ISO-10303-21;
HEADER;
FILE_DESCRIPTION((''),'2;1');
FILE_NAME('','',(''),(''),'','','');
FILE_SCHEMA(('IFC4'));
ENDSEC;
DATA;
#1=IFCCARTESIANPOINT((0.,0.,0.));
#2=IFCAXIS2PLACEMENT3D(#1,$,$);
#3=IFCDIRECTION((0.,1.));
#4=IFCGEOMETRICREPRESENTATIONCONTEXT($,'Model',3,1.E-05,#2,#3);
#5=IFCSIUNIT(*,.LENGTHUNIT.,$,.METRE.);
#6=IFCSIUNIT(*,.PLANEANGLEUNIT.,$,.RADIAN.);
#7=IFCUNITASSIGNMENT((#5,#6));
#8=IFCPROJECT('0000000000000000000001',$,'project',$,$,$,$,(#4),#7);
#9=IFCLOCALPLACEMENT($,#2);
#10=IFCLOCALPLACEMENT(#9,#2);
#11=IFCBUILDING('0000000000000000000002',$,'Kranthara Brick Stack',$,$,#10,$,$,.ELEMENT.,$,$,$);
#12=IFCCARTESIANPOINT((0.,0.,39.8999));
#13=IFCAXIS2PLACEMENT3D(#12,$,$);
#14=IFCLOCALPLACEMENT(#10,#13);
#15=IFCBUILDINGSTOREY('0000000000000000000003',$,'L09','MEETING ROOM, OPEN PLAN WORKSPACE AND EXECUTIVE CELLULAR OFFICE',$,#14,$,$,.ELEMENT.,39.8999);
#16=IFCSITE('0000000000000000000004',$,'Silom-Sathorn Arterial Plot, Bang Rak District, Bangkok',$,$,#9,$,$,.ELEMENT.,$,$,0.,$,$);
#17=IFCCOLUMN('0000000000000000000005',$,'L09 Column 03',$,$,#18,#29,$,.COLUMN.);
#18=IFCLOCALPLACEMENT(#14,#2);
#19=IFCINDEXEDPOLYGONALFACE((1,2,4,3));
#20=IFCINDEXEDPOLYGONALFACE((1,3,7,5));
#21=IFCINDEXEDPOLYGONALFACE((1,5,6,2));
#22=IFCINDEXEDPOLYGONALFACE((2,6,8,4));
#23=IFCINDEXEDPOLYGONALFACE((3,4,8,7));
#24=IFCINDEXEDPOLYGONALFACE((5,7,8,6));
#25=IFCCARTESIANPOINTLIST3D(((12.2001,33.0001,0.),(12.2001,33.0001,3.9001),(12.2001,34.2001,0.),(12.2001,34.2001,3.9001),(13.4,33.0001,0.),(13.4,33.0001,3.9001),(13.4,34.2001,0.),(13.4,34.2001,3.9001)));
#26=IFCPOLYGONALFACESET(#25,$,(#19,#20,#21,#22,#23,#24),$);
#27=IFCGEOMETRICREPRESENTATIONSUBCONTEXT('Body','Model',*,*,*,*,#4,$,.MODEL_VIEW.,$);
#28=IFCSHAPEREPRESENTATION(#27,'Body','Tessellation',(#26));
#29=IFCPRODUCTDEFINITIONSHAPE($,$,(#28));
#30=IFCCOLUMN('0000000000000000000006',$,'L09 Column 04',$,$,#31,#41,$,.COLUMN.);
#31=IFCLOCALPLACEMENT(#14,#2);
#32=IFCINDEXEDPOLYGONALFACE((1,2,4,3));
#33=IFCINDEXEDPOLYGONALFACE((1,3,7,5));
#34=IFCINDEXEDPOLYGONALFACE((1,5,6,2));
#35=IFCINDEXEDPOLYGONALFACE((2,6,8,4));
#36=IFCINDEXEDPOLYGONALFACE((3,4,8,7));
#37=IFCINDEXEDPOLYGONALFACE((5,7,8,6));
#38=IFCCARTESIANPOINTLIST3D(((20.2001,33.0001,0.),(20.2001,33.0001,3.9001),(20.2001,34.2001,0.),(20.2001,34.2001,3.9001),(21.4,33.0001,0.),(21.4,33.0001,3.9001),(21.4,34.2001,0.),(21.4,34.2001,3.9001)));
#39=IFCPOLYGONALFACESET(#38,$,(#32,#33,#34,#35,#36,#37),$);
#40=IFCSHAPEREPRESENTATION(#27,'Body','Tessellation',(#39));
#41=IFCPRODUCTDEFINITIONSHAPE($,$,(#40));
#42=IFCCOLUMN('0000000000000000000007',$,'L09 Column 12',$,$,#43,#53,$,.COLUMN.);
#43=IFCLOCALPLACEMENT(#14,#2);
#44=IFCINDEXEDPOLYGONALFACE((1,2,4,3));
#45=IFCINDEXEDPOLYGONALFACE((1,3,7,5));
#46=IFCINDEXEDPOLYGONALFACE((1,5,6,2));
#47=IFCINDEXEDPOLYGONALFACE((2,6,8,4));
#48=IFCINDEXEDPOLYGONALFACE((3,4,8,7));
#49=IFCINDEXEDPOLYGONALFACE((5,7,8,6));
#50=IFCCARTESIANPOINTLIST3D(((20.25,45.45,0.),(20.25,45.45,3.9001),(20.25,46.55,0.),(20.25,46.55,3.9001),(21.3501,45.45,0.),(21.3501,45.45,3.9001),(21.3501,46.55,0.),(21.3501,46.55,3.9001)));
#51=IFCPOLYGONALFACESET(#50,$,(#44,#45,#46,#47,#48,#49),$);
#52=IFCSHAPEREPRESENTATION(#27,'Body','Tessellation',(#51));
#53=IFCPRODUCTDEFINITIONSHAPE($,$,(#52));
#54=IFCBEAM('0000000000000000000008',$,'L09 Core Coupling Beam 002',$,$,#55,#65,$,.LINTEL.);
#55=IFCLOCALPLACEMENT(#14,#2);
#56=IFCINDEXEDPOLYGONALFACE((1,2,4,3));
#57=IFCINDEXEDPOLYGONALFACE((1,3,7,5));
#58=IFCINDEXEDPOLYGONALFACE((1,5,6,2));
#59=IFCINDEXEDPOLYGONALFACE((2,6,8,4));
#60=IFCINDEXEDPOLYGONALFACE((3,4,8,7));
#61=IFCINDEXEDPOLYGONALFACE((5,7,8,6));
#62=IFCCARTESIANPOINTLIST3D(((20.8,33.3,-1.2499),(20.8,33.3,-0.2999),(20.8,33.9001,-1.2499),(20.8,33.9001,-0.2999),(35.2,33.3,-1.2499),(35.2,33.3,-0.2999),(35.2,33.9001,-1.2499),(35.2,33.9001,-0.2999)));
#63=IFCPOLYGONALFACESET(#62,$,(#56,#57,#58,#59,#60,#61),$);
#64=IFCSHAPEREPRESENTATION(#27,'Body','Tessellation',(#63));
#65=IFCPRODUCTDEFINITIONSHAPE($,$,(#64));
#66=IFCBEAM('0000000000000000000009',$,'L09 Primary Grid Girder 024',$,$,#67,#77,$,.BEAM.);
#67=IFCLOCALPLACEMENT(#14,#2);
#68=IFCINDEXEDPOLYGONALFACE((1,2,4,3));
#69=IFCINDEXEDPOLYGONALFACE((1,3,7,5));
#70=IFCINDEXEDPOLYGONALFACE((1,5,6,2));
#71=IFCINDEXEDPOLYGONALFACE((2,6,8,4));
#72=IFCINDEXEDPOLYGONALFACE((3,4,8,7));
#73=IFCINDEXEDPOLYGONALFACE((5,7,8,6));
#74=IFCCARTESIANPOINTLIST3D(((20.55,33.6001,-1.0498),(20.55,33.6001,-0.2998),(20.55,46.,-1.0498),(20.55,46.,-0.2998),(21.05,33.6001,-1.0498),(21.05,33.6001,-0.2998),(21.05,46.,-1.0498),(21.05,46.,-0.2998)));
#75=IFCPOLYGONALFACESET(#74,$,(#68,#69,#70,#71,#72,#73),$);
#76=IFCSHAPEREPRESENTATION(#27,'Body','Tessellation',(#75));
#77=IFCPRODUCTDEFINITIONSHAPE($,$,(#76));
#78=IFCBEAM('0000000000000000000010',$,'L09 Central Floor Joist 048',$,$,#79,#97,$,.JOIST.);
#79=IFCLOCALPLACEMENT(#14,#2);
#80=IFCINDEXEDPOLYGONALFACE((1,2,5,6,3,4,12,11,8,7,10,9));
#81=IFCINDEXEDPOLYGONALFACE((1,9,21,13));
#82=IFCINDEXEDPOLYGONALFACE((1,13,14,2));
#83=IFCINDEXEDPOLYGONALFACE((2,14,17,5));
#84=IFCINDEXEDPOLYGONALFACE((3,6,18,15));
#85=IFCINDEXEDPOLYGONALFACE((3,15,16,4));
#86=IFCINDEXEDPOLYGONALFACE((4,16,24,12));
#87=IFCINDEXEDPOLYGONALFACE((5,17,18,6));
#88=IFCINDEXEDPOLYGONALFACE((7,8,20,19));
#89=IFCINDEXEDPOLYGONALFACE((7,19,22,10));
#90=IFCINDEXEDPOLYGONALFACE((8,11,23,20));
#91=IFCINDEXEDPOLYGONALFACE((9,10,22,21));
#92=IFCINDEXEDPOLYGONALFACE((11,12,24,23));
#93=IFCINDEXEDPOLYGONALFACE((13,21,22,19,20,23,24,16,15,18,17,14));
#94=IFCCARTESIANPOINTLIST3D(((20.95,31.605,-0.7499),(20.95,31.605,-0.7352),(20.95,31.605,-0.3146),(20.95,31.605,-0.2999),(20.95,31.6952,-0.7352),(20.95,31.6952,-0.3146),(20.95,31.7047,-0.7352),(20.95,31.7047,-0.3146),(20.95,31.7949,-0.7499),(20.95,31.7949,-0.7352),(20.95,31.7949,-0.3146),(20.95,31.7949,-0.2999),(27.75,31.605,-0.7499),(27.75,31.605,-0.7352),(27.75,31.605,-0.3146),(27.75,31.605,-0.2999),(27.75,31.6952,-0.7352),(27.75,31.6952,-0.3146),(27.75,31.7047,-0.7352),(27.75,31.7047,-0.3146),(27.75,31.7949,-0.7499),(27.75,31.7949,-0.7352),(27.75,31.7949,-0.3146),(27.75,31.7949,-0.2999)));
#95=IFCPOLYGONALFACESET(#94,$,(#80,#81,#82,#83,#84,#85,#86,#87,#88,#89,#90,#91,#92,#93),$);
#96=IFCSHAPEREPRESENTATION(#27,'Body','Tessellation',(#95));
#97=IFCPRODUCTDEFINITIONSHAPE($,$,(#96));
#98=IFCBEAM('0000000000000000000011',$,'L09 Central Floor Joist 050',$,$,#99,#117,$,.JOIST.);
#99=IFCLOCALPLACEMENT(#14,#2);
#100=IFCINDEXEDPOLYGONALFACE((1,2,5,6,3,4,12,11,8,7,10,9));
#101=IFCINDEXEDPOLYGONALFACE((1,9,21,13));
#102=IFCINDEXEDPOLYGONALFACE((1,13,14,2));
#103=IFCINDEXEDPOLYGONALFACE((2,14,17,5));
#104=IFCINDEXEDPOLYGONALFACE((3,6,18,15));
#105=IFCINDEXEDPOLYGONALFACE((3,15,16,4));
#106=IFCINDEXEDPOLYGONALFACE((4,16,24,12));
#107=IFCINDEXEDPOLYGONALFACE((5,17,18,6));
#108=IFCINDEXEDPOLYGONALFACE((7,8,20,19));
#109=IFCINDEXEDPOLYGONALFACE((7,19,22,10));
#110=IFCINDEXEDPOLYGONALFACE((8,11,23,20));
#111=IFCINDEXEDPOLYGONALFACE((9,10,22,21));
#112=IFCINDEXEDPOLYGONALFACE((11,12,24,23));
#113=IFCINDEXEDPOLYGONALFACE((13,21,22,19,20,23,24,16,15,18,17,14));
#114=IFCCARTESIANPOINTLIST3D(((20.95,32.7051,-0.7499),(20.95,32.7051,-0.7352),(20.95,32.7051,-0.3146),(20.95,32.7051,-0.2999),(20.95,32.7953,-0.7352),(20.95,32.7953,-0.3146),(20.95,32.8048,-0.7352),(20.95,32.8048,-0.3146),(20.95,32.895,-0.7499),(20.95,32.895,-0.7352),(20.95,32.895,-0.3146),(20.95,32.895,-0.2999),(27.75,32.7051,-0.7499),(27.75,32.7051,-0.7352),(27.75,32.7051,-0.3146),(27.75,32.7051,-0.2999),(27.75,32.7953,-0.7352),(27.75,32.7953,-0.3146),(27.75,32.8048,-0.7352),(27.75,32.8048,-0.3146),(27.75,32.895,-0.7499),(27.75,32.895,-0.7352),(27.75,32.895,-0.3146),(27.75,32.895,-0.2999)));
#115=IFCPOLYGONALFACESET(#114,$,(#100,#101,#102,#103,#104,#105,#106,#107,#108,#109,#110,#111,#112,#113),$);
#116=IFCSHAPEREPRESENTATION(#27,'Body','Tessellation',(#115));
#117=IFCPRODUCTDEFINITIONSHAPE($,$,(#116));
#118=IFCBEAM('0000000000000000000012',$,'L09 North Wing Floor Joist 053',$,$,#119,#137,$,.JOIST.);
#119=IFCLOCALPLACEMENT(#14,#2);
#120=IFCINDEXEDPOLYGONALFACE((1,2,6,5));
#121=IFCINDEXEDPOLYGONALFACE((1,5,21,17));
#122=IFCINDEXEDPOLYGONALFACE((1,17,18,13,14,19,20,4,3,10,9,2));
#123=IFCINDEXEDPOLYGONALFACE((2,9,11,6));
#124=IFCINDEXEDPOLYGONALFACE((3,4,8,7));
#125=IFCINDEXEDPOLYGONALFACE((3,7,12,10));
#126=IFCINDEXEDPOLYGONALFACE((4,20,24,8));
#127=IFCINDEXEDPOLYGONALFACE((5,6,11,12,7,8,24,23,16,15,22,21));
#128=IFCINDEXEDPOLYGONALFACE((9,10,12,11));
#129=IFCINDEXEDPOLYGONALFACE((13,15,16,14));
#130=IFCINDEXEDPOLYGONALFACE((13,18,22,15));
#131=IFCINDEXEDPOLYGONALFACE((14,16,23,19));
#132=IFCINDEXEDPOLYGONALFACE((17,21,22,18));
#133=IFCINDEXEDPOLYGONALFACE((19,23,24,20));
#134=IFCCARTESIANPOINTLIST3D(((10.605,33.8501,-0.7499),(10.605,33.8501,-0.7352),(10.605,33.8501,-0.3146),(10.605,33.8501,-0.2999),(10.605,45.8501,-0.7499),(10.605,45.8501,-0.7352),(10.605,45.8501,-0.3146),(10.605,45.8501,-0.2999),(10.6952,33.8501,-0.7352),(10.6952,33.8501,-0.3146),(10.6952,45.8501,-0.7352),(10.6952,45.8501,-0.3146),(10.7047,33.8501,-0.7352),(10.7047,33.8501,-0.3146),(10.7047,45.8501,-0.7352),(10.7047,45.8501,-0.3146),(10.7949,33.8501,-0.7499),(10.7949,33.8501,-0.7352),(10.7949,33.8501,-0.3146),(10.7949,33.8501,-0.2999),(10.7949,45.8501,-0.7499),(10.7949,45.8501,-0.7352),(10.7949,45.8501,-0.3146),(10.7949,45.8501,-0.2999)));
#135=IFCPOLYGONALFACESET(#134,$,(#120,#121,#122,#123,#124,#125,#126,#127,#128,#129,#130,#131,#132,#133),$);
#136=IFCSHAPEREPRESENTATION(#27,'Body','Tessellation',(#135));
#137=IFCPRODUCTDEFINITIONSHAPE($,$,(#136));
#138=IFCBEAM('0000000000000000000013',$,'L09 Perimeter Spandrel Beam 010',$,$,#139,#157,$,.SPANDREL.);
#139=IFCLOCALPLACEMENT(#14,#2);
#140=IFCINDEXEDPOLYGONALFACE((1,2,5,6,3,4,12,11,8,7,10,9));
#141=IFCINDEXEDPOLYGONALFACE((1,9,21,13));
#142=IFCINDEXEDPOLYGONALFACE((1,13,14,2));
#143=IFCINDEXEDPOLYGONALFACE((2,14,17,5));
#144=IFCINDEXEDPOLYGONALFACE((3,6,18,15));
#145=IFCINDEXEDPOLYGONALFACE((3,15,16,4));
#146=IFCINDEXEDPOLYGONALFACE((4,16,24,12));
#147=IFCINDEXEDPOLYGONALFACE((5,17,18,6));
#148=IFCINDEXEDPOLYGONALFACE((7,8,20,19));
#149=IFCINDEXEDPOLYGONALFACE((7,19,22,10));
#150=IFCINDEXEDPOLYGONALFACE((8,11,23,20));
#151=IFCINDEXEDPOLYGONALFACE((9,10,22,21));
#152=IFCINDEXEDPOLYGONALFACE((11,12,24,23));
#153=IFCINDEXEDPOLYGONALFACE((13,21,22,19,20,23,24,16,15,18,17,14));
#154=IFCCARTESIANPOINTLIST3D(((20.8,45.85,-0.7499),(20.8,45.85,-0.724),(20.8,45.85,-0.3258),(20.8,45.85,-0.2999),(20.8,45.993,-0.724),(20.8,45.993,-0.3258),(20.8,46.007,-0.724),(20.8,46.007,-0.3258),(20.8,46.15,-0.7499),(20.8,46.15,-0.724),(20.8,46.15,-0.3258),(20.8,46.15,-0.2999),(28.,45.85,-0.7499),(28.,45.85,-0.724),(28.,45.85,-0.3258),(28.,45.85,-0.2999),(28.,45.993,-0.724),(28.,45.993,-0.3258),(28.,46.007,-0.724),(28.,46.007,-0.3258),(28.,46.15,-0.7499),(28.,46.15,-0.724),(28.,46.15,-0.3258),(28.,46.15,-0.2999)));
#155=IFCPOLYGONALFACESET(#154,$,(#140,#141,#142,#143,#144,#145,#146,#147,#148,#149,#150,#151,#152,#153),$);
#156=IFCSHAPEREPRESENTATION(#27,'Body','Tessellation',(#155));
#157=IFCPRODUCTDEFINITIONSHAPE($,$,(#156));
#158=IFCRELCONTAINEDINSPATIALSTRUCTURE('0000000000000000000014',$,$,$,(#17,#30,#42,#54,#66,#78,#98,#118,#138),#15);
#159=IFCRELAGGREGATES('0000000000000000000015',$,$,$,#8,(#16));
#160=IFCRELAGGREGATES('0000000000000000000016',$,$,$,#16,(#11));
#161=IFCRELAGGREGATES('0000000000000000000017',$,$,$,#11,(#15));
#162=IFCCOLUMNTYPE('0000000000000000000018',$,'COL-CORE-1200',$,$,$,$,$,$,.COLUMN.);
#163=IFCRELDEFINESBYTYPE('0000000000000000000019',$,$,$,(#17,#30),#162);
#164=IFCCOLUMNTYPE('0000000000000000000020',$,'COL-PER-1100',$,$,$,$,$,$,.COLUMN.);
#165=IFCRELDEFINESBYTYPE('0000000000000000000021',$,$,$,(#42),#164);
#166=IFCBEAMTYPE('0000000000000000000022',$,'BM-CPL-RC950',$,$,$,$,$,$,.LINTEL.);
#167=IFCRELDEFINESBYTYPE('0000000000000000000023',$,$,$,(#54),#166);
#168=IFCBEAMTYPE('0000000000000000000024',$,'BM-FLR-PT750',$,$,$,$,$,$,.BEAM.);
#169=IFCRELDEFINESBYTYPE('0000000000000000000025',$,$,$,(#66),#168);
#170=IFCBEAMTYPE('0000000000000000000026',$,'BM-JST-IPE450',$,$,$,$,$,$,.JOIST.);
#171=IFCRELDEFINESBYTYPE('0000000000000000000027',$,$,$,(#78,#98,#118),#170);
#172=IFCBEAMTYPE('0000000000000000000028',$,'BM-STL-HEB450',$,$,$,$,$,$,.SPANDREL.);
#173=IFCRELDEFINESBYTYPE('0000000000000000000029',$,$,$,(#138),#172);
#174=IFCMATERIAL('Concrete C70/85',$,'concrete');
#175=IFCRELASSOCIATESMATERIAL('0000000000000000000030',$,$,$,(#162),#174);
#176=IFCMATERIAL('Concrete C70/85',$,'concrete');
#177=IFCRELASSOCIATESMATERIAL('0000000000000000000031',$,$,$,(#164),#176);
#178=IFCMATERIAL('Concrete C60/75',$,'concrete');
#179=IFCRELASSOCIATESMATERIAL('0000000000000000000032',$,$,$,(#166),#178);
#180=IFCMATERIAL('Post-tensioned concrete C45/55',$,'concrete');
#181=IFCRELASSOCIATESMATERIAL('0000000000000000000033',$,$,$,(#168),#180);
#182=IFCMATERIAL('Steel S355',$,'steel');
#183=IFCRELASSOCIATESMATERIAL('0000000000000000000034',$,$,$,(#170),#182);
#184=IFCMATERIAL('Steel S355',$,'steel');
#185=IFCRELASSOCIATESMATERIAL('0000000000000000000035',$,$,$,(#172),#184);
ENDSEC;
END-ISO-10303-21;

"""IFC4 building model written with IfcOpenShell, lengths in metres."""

from ifc_helpers import new_model, si_unit, direction, frame, origin, origin_2d, place, context, subcontext, project, spatial, rectangle, i_section, extrude, material, material_profile, profile_set, type_object, element, save


model = new_model("IFC4")

# Units and contexts
model_context = context("Model", 3, precision=1e-05, world=origin(), true_north=direction((0.0, 1.0)))
body_context = subcontext(model_context, "Body", "Model", "MODEL_VIEW")
ifc_project = project(units=[si_unit("LENGTHUNIT", "METRE"), si_unit("PLANEANGLEUNIT", "RADIAN")], contexts=[model_context])

# Site, building, storey
site_placement = place(None, origin())
site = spatial("IfcSite", under=ifc_project, at=site_placement, Name="Silom-Sathorn Arterial Plot, Bang Rak District, Bangkok", CompositionType="ELEMENT", RefElevation=0.0)
building_placement = place(site_placement, origin())
building = spatial("IfcBuilding", under=site, at=building_placement, Name="Kranthara Brick Stack", CompositionType="ELEMENT")
storey_placement = place(building_placement, frame((0.0, 0.0, 39.8999)))
storey = spatial("IfcBuildingStorey", under=building, at=storey_placement, Name="L09", Description="MEETING ROOM, OPEN PLAN WORKSPACE AND EXECUTIVE CELLULAR OFFICE", CompositionType="ELEMENT", Elevation=39.8999)

# Columns
ifc_material_1 = material(Name="Concrete C70/85", Category="concrete")
ifc_material_profile_1 = material_profile(ifc_material_1, rectangle(XDim=1.2, YDim=1.2, at=origin_2d()), Name="RC 1200x1200")
ifc_profile_set_1 = profile_set([ifc_material_profile_1], Name="Concrete C70/85")
column_type_1 = type_object("IfcColumnType", Name="COL-CORE-1200", PredefinedType="COLUMN", material=ifc_profile_set_1)
for number, where, z_axis, x_axis, name in (
    (1, (12.8, 33.6001, 0.0), (0.0, 0.0, 1.0), (1.0, 0.0, 0.0), "L09 Column 03"),
    (2, (20.8, 33.6001, 0.0), (0.0, 0.0, 1.0), (1.0, 0.0, 0.0), "L09 Column 04"),
):
    element("IfcColumn", number, at=place(storey_placement, frame(where, z_axis=z_axis, x_axis=x_axis)), inside=storey, type_object=column_type_1, Name=name, PredefinedType="COLUMN", context=body_context, shape_type="SweptSolid", body=[
        extrude(rectangle(XDim=1.2, YDim=1.2, at=origin_2d()), origin(), (0.0, 0.0, 1.0), 3.9001),
    ])
ifc_material_2 = material(Name="Concrete C70/85", Category="concrete")
ifc_material_profile_2 = material_profile(ifc_material_2, rectangle(XDim=1.1001, YDim=1.1001, at=origin_2d()), Name="RC 1100x1100")
ifc_profile_set_2 = profile_set([ifc_material_profile_2], Name="Concrete C70/85")
column_type_2 = type_object("IfcColumnType", Name="COL-PER-1100", PredefinedType="COLUMN", material=ifc_profile_set_2)
column_placement = place(storey_placement, frame((20.8, 46.0, 0.0), z_axis=(0.0, 0.0, 1.0), x_axis=(1.0, 0.0, 0.0)))
element("IfcColumn", 3, at=column_placement, inside=storey, type_object=column_type_2, Name="L09 Column 12", PredefinedType="COLUMN", context=body_context, shape_type="SweptSolid", body=[
    extrude(rectangle(XDim=1.1001, YDim=1.1001, at=origin_2d()), origin(), (0.0, 0.0, 1.0), 3.9001),
])

# Beams
ifc_material_3 = material(Name="Concrete C60/75", Category="concrete")
ifc_material_profile_3 = material_profile(ifc_material_3, rectangle(XDim=0.6001, YDim=0.95, at=origin_2d()), Name="RC 600x950")
ifc_profile_set_3 = profile_set([ifc_material_profile_3], Name="Concrete C60/75")
beam_type_1 = type_object("IfcBeamType", Name="BM-CPL-RC950", PredefinedType="LINTEL", material=ifc_profile_set_3)
beam_1_placement = place(storey_placement, frame((20.8, 33.6001, -0.7749), z_axis=(1.0, 0.0, 0.0), x_axis=(0.0, 1.0, 0.0)))
element("IfcBeam", 4, at=beam_1_placement, inside=storey, type_object=beam_type_1, Name="L09 Core Coupling Beam 002", PredefinedType="LINTEL", context=body_context, shape_type="SweptSolid", body=[
    extrude(rectangle(XDim=0.6001, YDim=0.95, at=origin_2d()), origin(), (0.0, 0.0, 1.0), 14.3999),
])
ifc_material_4 = material(Name="Post-tensioned concrete C45/55", Category="concrete")
ifc_material_profile_4 = material_profile(ifc_material_4, rectangle(XDim=0.5, YDim=0.75, at=origin_2d()), Name="PT 500x750")
ifc_profile_set_4 = profile_set([ifc_material_profile_4], Name="Post-tensioned concrete C45/55")
beam_type_2 = type_object("IfcBeamType", Name="BM-FLR-PT750", PredefinedType="BEAM", material=ifc_profile_set_4)
beam_2_placement = place(storey_placement, frame((20.8, 33.6001, -0.6748), z_axis=(0.0, 1.0, 0.0), x_axis=(-1.0, 0.0, 0.0)))
element("IfcBeam", 5, at=beam_2_placement, inside=storey, type_object=beam_type_2, Name="L09 Primary Grid Girder 024", PredefinedType="BEAM", context=body_context, shape_type="SweptSolid", body=[
    extrude(rectangle(XDim=0.5, YDim=0.75, at=origin_2d()), origin(), (0.0, 0.0, 1.0), 12.3999),
])
ifc_material_5 = material(Name="Steel S355", Category="steel")
ifc_material_profile_5 = material_profile(ifc_material_5, i_section(OverallWidth=0.1899, OverallDepth=0.45, WebThickness=0.0095, FlangeThickness=0.0146, at=origin_2d()), Name="IPE 450")
ifc_profile_set_5 = profile_set([ifc_material_profile_5], Name="Steel S355")
beam_type_3 = type_object("IfcBeamType", Name="BM-JST-IPE450", PredefinedType="JOIST", material=ifc_profile_set_5)
for number, where, z_axis, x_axis, name in (
    (6, (20.95, 31.7, -0.5249), (1.0, 0.0, 0.0), (0.0, 1.0, 0.0), "L09 Central Floor Joist 048"),
    (7, (20.95, 32.8, -0.5249), (1.0, 0.0, 0.0), (0.0, 1.0, 0.0), "L09 Central Floor Joist 050"),
):
    element("IfcBeam", number, at=place(storey_placement, frame(where, z_axis=z_axis, x_axis=x_axis)), inside=storey, type_object=beam_type_3, Name=name, PredefinedType="JOIST", context=body_context, shape_type="SweptSolid", body=[
        extrude(i_section(OverallWidth=0.1899, OverallDepth=0.45, WebThickness=0.0095, FlangeThickness=0.0146, at=origin_2d()), origin(), (0.0, 0.0, 1.0), 6.8),
    ])
beam_3_placement = place(storey_placement, frame((10.7, 33.8501, -0.5249), z_axis=(0.0, 1.0, 0.0), x_axis=(-1.0, 0.0, 0.0)))
element("IfcBeam", 8, at=beam_3_placement, inside=storey, type_object=beam_type_3, Name="L09 North Wing Floor Joist 053", PredefinedType="JOIST", context=body_context, shape_type="SweptSolid", body=[
    extrude(i_section(OverallWidth=0.1899, OverallDepth=0.45, WebThickness=0.0095, FlangeThickness=0.0146, at=origin_2d()), origin(), (0.0, 0.0, 1.0), 12.0),
])
ifc_material_6 = material(Name="Steel S355", Category="steel")
ifc_material_profile_6 = material_profile(ifc_material_6, i_section(OverallWidth=0.3, OverallDepth=0.45, WebThickness=0.0139, FlangeThickness=0.0259, at=origin_2d()), Name="HEB 450")
ifc_profile_set_6 = profile_set([ifc_material_profile_6], Name="Steel S355")
beam_type_4 = type_object("IfcBeamType", Name="BM-STL-HEB450", PredefinedType="SPANDREL", material=ifc_profile_set_6)
beam_4_placement = place(storey_placement, frame((20.8, 46.0, -0.5249), z_axis=(1.0, 0.0, 0.0), x_axis=(0.0, 1.0, 0.0)))
element("IfcBeam", 9, at=beam_4_placement, inside=storey, type_object=beam_type_4, Name="L09 Perimeter Spandrel Beam 010", PredefinedType="SPANDREL", context=body_context, shape_type="SweptSolid", body=[
    extrude(i_section(OverallWidth=0.3, OverallDepth=0.45, WebThickness=0.0139, FlangeThickness=0.0259, at=origin_2d()), origin(), (0.0, 0.0, 1.0), 7.2),
])

save(model, "model.ifc")
